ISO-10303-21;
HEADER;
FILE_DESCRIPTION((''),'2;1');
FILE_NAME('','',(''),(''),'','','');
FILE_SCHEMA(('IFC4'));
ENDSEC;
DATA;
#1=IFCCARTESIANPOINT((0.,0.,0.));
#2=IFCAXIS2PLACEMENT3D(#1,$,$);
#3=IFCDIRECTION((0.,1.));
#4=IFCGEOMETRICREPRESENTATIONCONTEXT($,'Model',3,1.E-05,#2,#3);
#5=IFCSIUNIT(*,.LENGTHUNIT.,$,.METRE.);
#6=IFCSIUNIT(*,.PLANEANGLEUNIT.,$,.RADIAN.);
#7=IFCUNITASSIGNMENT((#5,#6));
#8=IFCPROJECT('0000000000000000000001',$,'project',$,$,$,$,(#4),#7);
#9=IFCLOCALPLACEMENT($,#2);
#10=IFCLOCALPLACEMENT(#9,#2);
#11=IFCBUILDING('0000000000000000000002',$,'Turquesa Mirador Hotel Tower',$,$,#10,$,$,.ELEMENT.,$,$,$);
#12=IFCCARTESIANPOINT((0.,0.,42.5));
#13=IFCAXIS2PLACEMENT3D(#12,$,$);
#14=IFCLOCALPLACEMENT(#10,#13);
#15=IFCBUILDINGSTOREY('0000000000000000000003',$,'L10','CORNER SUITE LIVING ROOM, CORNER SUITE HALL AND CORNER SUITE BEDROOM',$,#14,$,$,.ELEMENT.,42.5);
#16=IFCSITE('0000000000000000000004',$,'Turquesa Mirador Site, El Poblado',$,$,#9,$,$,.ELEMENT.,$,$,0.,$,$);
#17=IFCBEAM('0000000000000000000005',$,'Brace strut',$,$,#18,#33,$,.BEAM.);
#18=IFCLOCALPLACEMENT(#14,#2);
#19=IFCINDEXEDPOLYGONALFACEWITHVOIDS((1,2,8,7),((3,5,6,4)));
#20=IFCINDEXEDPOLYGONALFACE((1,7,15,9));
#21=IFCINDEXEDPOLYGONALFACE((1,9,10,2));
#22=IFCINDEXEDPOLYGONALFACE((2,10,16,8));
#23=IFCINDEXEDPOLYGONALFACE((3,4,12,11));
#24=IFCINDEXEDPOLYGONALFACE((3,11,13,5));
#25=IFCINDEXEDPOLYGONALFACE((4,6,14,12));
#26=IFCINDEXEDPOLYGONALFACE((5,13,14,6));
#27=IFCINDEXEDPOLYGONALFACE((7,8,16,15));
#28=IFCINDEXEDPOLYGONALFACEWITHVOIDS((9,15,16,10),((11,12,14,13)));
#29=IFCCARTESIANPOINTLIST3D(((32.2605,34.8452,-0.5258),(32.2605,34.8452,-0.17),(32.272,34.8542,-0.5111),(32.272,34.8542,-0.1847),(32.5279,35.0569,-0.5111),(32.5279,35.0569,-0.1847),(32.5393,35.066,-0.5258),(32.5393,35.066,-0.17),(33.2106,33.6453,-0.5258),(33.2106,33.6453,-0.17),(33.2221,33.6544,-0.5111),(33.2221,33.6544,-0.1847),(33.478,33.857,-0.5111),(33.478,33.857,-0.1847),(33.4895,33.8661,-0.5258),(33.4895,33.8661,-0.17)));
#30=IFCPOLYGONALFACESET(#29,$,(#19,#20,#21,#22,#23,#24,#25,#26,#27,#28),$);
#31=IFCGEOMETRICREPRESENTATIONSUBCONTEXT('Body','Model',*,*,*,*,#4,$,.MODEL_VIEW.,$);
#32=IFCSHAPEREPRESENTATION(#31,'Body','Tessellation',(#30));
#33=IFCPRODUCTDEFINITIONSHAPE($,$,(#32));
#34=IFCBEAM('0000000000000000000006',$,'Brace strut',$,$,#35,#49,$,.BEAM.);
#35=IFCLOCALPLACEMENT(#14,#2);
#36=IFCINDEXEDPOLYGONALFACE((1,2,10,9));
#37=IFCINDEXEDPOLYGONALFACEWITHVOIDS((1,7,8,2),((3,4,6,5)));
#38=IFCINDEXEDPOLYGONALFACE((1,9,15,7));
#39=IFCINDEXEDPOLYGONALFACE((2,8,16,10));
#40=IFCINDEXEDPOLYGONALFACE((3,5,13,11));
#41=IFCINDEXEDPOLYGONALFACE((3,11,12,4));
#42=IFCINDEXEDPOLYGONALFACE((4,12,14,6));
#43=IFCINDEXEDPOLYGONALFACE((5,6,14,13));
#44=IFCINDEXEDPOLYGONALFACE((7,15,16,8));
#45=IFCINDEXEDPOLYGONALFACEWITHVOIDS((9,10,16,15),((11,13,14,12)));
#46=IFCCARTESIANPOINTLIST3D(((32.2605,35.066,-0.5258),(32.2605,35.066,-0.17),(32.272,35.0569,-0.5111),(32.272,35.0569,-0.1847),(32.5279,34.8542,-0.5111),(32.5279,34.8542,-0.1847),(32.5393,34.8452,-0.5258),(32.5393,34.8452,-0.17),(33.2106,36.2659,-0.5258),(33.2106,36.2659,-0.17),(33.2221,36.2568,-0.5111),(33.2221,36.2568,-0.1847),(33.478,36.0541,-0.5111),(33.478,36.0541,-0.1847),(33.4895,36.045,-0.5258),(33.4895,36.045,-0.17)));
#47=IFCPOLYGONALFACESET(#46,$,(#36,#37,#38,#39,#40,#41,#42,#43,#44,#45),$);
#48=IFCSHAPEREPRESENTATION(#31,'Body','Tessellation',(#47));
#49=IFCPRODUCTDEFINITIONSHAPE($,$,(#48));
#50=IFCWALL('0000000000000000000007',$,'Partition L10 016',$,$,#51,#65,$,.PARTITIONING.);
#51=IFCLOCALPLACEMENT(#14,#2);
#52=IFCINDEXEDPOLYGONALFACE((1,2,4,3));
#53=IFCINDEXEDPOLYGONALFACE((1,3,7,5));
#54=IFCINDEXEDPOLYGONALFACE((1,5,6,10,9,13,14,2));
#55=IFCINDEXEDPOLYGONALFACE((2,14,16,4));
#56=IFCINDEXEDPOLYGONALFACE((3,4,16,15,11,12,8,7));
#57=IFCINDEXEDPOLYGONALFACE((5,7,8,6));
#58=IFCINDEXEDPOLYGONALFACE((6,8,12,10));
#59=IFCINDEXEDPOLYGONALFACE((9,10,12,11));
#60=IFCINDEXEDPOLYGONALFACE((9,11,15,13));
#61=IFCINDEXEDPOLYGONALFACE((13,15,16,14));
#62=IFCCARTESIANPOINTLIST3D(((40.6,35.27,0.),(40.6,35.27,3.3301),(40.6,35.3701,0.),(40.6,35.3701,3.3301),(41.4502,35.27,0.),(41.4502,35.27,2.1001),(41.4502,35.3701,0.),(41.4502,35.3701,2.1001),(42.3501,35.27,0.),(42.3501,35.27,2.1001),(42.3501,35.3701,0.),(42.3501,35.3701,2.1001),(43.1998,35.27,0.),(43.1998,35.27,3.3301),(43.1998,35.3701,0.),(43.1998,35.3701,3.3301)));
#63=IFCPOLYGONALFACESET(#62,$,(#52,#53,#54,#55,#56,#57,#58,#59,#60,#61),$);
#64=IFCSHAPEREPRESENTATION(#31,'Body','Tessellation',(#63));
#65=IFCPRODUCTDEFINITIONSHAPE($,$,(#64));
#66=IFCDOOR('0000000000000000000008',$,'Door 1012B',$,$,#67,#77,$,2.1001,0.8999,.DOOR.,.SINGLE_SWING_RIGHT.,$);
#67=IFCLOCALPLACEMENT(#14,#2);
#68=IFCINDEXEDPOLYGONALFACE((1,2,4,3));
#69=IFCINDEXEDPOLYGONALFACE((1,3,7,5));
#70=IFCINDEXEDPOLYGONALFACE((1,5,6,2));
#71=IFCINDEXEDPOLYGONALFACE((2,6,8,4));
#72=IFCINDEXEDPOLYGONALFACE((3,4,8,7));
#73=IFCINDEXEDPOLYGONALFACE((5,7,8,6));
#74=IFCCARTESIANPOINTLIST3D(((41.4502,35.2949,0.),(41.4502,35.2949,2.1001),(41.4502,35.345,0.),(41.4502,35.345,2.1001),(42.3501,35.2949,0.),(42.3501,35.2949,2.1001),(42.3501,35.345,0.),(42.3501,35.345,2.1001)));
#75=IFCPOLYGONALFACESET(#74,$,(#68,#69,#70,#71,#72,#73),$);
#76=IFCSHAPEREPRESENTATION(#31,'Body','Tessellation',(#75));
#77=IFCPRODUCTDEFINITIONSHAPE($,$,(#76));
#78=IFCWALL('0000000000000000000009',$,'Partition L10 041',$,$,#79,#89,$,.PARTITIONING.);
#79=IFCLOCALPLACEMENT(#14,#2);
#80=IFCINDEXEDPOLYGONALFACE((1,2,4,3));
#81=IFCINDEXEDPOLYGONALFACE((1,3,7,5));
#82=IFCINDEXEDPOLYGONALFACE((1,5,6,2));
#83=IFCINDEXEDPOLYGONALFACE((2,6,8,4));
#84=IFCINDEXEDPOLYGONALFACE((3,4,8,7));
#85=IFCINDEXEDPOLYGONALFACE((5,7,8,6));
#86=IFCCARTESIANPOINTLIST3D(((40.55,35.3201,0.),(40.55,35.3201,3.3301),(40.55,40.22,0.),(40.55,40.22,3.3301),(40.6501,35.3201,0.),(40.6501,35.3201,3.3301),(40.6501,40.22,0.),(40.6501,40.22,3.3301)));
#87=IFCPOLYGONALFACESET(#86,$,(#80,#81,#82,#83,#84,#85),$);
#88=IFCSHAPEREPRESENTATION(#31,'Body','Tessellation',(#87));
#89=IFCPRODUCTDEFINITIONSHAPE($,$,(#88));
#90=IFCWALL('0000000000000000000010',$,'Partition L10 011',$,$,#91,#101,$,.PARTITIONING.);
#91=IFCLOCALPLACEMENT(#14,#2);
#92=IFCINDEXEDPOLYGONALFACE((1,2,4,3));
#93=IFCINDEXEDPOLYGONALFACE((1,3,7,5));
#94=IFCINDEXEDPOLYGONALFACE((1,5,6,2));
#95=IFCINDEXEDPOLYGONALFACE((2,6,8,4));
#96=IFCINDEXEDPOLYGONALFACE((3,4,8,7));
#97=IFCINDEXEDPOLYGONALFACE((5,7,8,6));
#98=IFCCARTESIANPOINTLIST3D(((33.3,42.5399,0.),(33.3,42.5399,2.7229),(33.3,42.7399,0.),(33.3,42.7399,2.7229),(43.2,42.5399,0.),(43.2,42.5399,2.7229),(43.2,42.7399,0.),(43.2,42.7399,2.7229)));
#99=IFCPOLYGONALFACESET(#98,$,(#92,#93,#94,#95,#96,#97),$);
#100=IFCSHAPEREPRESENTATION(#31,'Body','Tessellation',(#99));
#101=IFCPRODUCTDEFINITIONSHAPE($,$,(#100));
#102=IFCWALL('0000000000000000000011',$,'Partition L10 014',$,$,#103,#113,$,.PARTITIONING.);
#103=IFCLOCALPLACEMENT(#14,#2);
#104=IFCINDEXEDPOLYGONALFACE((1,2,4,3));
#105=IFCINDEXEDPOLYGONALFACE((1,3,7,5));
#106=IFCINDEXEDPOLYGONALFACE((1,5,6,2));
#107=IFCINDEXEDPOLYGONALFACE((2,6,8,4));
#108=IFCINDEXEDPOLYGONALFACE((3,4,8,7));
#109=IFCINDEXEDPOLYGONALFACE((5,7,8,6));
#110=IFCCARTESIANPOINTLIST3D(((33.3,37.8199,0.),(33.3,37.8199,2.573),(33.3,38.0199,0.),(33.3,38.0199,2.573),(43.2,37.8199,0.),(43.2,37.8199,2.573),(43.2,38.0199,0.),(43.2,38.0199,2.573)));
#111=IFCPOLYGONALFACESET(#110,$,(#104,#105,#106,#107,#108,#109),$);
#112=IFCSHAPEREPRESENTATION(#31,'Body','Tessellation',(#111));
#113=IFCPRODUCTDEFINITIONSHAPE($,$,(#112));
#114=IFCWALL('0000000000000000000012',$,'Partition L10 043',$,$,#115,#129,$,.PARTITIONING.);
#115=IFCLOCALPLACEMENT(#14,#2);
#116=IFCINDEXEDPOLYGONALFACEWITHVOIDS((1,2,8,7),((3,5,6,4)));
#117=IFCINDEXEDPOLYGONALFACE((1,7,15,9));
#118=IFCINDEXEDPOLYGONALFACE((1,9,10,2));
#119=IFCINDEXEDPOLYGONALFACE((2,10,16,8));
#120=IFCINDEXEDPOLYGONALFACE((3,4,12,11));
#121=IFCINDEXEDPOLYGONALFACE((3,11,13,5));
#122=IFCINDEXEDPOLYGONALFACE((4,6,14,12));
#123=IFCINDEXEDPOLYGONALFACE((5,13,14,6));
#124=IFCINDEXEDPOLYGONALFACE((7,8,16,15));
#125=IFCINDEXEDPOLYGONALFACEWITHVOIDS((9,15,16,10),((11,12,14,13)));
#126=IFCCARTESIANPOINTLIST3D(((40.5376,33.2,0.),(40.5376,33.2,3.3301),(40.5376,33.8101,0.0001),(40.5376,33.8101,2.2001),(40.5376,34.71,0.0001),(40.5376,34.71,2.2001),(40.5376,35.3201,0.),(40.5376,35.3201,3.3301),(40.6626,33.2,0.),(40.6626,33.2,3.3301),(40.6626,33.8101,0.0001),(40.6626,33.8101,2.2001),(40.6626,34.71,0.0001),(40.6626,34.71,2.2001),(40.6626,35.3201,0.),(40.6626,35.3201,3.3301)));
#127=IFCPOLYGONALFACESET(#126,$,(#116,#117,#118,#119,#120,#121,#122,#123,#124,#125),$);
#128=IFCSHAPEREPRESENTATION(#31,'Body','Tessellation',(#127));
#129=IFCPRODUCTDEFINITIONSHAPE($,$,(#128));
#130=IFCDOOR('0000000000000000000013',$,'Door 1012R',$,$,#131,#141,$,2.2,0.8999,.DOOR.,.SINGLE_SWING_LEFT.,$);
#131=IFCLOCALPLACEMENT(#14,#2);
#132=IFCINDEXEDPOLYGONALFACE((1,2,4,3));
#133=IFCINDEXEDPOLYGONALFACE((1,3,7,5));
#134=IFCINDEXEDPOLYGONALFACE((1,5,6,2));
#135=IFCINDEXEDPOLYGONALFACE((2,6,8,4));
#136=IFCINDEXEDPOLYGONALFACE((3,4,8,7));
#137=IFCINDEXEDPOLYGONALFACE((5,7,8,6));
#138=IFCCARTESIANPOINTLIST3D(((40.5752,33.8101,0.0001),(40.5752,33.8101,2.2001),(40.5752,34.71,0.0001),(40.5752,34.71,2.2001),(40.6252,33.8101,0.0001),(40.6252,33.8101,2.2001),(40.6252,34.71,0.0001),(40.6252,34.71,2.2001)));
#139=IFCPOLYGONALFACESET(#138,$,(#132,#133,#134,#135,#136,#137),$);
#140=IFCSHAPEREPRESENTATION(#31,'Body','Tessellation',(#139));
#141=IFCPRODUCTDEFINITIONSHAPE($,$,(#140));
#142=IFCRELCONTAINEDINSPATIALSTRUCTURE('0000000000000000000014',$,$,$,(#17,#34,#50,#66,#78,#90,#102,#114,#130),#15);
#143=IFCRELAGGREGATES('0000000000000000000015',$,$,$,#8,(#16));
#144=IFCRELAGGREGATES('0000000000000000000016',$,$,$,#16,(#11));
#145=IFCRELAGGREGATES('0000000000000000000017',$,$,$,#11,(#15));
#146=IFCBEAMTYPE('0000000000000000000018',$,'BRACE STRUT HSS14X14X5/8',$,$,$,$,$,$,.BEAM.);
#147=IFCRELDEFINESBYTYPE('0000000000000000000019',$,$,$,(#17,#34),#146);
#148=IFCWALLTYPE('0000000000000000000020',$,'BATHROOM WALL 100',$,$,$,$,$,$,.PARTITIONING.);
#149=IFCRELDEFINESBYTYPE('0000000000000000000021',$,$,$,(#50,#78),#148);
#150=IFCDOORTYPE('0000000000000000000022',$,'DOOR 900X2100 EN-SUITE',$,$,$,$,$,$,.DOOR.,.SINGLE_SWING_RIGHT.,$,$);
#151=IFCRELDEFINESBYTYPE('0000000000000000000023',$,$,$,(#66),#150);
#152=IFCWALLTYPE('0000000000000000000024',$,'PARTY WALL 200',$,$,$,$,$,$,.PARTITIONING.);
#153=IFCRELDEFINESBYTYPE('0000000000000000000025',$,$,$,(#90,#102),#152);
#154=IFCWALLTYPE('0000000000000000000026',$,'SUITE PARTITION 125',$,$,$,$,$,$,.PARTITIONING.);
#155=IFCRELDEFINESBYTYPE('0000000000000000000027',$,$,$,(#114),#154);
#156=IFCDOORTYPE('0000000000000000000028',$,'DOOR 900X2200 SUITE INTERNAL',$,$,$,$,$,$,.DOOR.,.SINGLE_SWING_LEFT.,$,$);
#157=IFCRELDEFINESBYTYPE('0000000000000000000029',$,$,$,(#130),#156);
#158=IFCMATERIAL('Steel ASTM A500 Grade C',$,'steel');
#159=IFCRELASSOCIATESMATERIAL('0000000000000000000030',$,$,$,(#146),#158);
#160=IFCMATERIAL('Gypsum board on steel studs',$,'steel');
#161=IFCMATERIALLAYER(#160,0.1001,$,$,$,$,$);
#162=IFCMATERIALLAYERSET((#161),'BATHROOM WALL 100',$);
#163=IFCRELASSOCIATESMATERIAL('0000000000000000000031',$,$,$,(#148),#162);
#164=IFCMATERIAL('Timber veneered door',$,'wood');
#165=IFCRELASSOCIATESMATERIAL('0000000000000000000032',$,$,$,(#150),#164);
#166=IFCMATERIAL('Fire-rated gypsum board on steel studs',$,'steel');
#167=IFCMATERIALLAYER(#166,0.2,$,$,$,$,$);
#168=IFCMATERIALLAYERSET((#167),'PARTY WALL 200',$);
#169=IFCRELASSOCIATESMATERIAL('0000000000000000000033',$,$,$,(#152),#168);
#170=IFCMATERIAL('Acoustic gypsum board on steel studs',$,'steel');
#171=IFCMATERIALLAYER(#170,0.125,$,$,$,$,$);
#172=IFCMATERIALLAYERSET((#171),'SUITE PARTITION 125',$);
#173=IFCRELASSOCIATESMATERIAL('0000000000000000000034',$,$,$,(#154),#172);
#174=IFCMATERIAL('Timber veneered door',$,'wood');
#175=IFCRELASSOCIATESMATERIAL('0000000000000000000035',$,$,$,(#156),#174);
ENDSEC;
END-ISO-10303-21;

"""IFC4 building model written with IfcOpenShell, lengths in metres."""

from ifc_helpers import new_model, si_unit, direction, frame, frame_2d, origin, origin_2d, place, context, subcontext, project, spatial, rectangle, hollow_rectangle, extrude, material, layer, layer_set, material_profile, profile_set, type_object, element, fill, save


model = new_model("IFC4")

# Units and contexts
model_context = context("Model", 3, precision=1e-05, world=origin(), true_north=direction((0.0, 1.0)))
body_context = subcontext(model_context, "Body", "Model", "MODEL_VIEW")
ifc_project = project(units=[si_unit("LENGTHUNIT", "METRE"), si_unit("PLANEANGLEUNIT", "RADIAN")], contexts=[model_context])

# Site, building, storey
site_placement = place(None, origin())
site = spatial("IfcSite", under=ifc_project, at=site_placement, Name="Turquesa Mirador Site, El Poblado", CompositionType="ELEMENT", RefElevation=0.0)
building_placement = place(site_placement, origin())
building = spatial("IfcBuilding", under=site, at=building_placement, Name="Turquesa Mirador Hotel Tower", CompositionType="ELEMENT")
storey_placement = place(building_placement, frame((0.0, 0.0, 42.5)))
storey = spatial("IfcBuildingStorey", under=building, at=storey_placement, Name="L10", Description="CORNER SUITE LIVING ROOM, CORNER SUITE HALL AND CORNER SUITE BEDROOM", CompositionType="ELEMENT", Elevation=42.5)

# Beams
ifc_material_1 = material(Name="Steel ASTM A500 Grade C", Category="steel")
ifc_material_profile_1 = material_profile(ifc_material_1, hollow_rectangle(XDim=0.3557, YDim=0.3557, WallThickness=0.0146, at=origin_2d()), Name="HSS14X14X5/8")
ifc_profile_set_1 = profile_set([ifc_material_profile_1], Name="Steel ASTM A500 Grade C")
beam_type_1 = type_object("IfcBeamType", Name="BRACE STRUT HSS14X14X5/8", PredefinedType="BEAM", material=ifc_profile_set_1)
for number, where, z_axis, x_axis, name in (
    (1, (32.3999, 34.9556, -0.3479), (0.620797, -0.783971, 0.0), (0.783971, 0.620797, 0.0), "Brace strut"),
    (2, (32.3999, 34.9556, -0.3479), (0.620797, 0.783971, 0.0), (-0.783971, 0.620797, 0.0), "Brace strut"),
):
    element("IfcBeam", number, at=place(storey_placement, frame(where, z_axis=z_axis, x_axis=x_axis)), inside=storey, type_object=beam_type_1, Name=name, PredefinedType="BEAM", context=body_context, shape_type="SweptSolid", body=[
        extrude(hollow_rectangle(XDim=0.3557, YDim=0.3557, WallThickness=0.0146, at=origin_2d()), origin(), (0.0, 0.0, 1.0), 1.5305),
    ])

# Wall, opening, door
ifc_material_2 = material(Name="Gypsum board on steel studs", Category="steel")
ifc_layer_1 = layer(ifc_material_2, 0.1001)
ifc_layer_set_1 = layer_set([ifc_layer_1], Name="BATHROOM WALL 100")
wall_type_1 = type_object("IfcWallType", Name="BATHROOM WALL 100", PredefinedType="PARTITIONING", material=ifc_layer_set_1)
wall_1_placement = place(storey_placement, frame((40.6001, 35.3201, 0.0), z_axis=(0.0, 0.0, 1.0), x_axis=(1.0, 0.0, 0.0)))
wall_1 = element("IfcWall", 3, at=wall_1_placement, inside=storey, type_object=wall_type_1, Name="Partition L10 016", PredefinedType="PARTITIONING", context=body_context, shape_type="SweptSolid", body=[
    extrude(rectangle(XDim=2.5999, YDim=0.1001, at=frame_2d((1.2998, 0.0))), origin(), (0.0, 0.0, 1.0), 3.3301),
])
opening_1_placement = place(wall_1_placement, frame((0.8501, 0.0, 0.0)))
opening_1 = element("IfcOpeningElement", 4, at=opening_1_placement, cuts=wall_1, PredefinedType="OPENING", context=body_context, shape_type="SweptSolid", body=[
    extrude(rectangle(XDim=0.8999, YDim=2.1001, at=frame_2d((0.45, 1.05))), frame((0.0, 0.0601, 0.0), z_axis=(0.0, -1.0, 0.0), x_axis=(1.0, 0.0, 0.0)), (0.0, 0.0, 1.0), 0.1201),
])
ifc_material_3 = material(Name="Timber veneered door", Category="wood")
door_type_1 = type_object("IfcDoorType", Name="DOOR 900X2100 EN-SUITE", OperationType="SINGLE_SWING_RIGHT", PredefinedType="DOOR", material=ifc_material_3)
door_1_placement = place(opening_1_placement, origin())
door_1 = element("IfcDoor", 5, at=door_1_placement, inside=storey, type_object=door_type_1, Name="Door 1012B", OperationType="SINGLE_SWING_RIGHT", OverallHeight=2.1001, OverallWidth=0.8999, PredefinedType="DOOR", context=body_context, shape_type="SweptSolid", body=[
    extrude(rectangle(XDim=0.8999, YDim=2.1001, at=frame_2d((0.45, 1.05))), frame((0.0, 0.0249, 0.0), z_axis=(0.0, -1.0, 0.0), x_axis=(1.0, 0.0, 0.0)), (0.0, 0.0, 1.0), 0.05),
])
fill(opening_1, door_1)

# Walls
wall_2_placement = place(storey_placement, frame((40.6001, 35.3201, 0.0), z_axis=(0.0, 0.0, 1.0), x_axis=(0.0, 1.0, 0.0)))
element("IfcWall", 6, at=wall_2_placement, inside=storey, type_object=wall_type_1, Name="Partition L10 041", PredefinedType="PARTITIONING", context=body_context, shape_type="SweptSolid", body=[
    extrude(rectangle(XDim=4.8999, YDim=0.1001, at=frame_2d((2.45, 0.0))), origin(), (0.0, 0.0, 1.0), 3.3301),
])
ifc_material_4 = material(Name="Fire-rated gypsum board on steel studs", Category="steel")
ifc_layer_2 = layer(ifc_material_4, 0.2)
ifc_layer_set_2 = layer_set([ifc_layer_2], Name="PARTY WALL 200")
wall_type_2 = type_object("IfcWallType", Name="PARTY WALL 200", PredefinedType="PARTITIONING", material=ifc_layer_set_2)
wall_3_placement = place(storey_placement, frame((33.3, 42.6399, 0.0), z_axis=(0.0, 0.0, 1.0), x_axis=(1.0, 0.0, 0.0)))
element("IfcWall", 7, at=wall_3_placement, inside=storey, type_object=wall_type_2, Name="Partition L10 011", PredefinedType="PARTITIONING", context=body_context, shape_type="SweptSolid", body=[
    extrude(rectangle(XDim=9.8999, YDim=0.2, at=frame_2d((4.95, 0.0))), origin(), (0.0, 0.0, 1.0), 2.7229),
])
wall_4_placement = place(storey_placement, frame((33.3, 37.9199, 0.0), z_axis=(0.0, 0.0, 1.0), x_axis=(1.0, 0.0, 0.0)))
element("IfcWall", 8, at=wall_4_placement, inside=storey, type_object=wall_type_2, Name="Partition L10 014", PredefinedType="PARTITIONING", context=body_context, shape_type="SweptSolid", body=[
    extrude(rectangle(XDim=9.8999, YDim=0.2, at=frame_2d((4.95, 0.0))), origin(), (0.0, 0.0, 1.0), 2.573),
])

# Wall, opening, door
ifc_material_5 = material(Name="Acoustic gypsum board on steel studs", Category="steel")
ifc_layer_3 = layer(ifc_material_5, 0.125)
ifc_layer_set_3 = layer_set([ifc_layer_3], Name="SUITE PARTITION 125")
wall_type_3 = type_object("IfcWallType", Name="SUITE PARTITION 125", PredefinedType="PARTITIONING", material=ifc_layer_set_3)
wall_5_placement = place(storey_placement, frame((40.6001, 33.2, 0.0), z_axis=(0.0, 0.0, 1.0), x_axis=(0.0, 1.0, 0.0)))
wall_5 = element("IfcWall", 9, at=wall_5_placement, inside=storey, type_object=wall_type_3, Name="Partition L10 043", PredefinedType="PARTITIONING", context=body_context, shape_type="SweptSolid", body=[
    extrude(rectangle(XDim=2.1201, YDim=0.125, at=frame_2d((1.0601, 0.0))), origin(), (0.0, 0.0, 1.0), 3.3301),
])
opening_2_placement = place(wall_5_placement, frame((0.6101, 0.0, 0.0)))
opening_2 = element("IfcOpeningElement", 10, at=opening_2_placement, cuts=wall_5, PredefinedType="OPENING", context=body_context, shape_type="SweptSolid", body=[
    extrude(rectangle(XDim=0.8999, YDim=2.2, at=frame_2d((0.45, 1.1001))), frame((0.0, 0.0725, 0.0), z_axis=(0.0, -1.0, 0.0), x_axis=(1.0, 0.0, 0.0)), (0.0, 0.0, 1.0), 0.145),
])
ifc_material_6 = material(Name="Timber veneered door", Category="wood")
door_type_2 = type_object("IfcDoorType", Name="DOOR 900X2200 SUITE INTERNAL", OperationType="SINGLE_SWING_LEFT", PredefinedType="DOOR", material=ifc_material_6)
door_2_placement = place(opening_2_placement, origin())
door_2 = element("IfcDoor", 11, at=door_2_placement, inside=storey, type_object=door_type_2, Name="Door 1012R", OperationType="SINGLE_SWING_LEFT", OverallHeight=2.2, OverallWidth=0.8999, PredefinedType="DOOR", context=body_context, shape_type="SweptSolid", body=[
    extrude(rectangle(XDim=0.8999, YDim=2.2, at=frame_2d((0.45, 1.1001))), frame((0.0, 0.0249, 0.0), z_axis=(0.0, -1.0, 0.0), x_axis=(1.0, 0.0, 0.0)), (0.0, 0.0, 1.0), 0.05),
])
fill(opening_2, door_2)

save(model, "model.ifc")
